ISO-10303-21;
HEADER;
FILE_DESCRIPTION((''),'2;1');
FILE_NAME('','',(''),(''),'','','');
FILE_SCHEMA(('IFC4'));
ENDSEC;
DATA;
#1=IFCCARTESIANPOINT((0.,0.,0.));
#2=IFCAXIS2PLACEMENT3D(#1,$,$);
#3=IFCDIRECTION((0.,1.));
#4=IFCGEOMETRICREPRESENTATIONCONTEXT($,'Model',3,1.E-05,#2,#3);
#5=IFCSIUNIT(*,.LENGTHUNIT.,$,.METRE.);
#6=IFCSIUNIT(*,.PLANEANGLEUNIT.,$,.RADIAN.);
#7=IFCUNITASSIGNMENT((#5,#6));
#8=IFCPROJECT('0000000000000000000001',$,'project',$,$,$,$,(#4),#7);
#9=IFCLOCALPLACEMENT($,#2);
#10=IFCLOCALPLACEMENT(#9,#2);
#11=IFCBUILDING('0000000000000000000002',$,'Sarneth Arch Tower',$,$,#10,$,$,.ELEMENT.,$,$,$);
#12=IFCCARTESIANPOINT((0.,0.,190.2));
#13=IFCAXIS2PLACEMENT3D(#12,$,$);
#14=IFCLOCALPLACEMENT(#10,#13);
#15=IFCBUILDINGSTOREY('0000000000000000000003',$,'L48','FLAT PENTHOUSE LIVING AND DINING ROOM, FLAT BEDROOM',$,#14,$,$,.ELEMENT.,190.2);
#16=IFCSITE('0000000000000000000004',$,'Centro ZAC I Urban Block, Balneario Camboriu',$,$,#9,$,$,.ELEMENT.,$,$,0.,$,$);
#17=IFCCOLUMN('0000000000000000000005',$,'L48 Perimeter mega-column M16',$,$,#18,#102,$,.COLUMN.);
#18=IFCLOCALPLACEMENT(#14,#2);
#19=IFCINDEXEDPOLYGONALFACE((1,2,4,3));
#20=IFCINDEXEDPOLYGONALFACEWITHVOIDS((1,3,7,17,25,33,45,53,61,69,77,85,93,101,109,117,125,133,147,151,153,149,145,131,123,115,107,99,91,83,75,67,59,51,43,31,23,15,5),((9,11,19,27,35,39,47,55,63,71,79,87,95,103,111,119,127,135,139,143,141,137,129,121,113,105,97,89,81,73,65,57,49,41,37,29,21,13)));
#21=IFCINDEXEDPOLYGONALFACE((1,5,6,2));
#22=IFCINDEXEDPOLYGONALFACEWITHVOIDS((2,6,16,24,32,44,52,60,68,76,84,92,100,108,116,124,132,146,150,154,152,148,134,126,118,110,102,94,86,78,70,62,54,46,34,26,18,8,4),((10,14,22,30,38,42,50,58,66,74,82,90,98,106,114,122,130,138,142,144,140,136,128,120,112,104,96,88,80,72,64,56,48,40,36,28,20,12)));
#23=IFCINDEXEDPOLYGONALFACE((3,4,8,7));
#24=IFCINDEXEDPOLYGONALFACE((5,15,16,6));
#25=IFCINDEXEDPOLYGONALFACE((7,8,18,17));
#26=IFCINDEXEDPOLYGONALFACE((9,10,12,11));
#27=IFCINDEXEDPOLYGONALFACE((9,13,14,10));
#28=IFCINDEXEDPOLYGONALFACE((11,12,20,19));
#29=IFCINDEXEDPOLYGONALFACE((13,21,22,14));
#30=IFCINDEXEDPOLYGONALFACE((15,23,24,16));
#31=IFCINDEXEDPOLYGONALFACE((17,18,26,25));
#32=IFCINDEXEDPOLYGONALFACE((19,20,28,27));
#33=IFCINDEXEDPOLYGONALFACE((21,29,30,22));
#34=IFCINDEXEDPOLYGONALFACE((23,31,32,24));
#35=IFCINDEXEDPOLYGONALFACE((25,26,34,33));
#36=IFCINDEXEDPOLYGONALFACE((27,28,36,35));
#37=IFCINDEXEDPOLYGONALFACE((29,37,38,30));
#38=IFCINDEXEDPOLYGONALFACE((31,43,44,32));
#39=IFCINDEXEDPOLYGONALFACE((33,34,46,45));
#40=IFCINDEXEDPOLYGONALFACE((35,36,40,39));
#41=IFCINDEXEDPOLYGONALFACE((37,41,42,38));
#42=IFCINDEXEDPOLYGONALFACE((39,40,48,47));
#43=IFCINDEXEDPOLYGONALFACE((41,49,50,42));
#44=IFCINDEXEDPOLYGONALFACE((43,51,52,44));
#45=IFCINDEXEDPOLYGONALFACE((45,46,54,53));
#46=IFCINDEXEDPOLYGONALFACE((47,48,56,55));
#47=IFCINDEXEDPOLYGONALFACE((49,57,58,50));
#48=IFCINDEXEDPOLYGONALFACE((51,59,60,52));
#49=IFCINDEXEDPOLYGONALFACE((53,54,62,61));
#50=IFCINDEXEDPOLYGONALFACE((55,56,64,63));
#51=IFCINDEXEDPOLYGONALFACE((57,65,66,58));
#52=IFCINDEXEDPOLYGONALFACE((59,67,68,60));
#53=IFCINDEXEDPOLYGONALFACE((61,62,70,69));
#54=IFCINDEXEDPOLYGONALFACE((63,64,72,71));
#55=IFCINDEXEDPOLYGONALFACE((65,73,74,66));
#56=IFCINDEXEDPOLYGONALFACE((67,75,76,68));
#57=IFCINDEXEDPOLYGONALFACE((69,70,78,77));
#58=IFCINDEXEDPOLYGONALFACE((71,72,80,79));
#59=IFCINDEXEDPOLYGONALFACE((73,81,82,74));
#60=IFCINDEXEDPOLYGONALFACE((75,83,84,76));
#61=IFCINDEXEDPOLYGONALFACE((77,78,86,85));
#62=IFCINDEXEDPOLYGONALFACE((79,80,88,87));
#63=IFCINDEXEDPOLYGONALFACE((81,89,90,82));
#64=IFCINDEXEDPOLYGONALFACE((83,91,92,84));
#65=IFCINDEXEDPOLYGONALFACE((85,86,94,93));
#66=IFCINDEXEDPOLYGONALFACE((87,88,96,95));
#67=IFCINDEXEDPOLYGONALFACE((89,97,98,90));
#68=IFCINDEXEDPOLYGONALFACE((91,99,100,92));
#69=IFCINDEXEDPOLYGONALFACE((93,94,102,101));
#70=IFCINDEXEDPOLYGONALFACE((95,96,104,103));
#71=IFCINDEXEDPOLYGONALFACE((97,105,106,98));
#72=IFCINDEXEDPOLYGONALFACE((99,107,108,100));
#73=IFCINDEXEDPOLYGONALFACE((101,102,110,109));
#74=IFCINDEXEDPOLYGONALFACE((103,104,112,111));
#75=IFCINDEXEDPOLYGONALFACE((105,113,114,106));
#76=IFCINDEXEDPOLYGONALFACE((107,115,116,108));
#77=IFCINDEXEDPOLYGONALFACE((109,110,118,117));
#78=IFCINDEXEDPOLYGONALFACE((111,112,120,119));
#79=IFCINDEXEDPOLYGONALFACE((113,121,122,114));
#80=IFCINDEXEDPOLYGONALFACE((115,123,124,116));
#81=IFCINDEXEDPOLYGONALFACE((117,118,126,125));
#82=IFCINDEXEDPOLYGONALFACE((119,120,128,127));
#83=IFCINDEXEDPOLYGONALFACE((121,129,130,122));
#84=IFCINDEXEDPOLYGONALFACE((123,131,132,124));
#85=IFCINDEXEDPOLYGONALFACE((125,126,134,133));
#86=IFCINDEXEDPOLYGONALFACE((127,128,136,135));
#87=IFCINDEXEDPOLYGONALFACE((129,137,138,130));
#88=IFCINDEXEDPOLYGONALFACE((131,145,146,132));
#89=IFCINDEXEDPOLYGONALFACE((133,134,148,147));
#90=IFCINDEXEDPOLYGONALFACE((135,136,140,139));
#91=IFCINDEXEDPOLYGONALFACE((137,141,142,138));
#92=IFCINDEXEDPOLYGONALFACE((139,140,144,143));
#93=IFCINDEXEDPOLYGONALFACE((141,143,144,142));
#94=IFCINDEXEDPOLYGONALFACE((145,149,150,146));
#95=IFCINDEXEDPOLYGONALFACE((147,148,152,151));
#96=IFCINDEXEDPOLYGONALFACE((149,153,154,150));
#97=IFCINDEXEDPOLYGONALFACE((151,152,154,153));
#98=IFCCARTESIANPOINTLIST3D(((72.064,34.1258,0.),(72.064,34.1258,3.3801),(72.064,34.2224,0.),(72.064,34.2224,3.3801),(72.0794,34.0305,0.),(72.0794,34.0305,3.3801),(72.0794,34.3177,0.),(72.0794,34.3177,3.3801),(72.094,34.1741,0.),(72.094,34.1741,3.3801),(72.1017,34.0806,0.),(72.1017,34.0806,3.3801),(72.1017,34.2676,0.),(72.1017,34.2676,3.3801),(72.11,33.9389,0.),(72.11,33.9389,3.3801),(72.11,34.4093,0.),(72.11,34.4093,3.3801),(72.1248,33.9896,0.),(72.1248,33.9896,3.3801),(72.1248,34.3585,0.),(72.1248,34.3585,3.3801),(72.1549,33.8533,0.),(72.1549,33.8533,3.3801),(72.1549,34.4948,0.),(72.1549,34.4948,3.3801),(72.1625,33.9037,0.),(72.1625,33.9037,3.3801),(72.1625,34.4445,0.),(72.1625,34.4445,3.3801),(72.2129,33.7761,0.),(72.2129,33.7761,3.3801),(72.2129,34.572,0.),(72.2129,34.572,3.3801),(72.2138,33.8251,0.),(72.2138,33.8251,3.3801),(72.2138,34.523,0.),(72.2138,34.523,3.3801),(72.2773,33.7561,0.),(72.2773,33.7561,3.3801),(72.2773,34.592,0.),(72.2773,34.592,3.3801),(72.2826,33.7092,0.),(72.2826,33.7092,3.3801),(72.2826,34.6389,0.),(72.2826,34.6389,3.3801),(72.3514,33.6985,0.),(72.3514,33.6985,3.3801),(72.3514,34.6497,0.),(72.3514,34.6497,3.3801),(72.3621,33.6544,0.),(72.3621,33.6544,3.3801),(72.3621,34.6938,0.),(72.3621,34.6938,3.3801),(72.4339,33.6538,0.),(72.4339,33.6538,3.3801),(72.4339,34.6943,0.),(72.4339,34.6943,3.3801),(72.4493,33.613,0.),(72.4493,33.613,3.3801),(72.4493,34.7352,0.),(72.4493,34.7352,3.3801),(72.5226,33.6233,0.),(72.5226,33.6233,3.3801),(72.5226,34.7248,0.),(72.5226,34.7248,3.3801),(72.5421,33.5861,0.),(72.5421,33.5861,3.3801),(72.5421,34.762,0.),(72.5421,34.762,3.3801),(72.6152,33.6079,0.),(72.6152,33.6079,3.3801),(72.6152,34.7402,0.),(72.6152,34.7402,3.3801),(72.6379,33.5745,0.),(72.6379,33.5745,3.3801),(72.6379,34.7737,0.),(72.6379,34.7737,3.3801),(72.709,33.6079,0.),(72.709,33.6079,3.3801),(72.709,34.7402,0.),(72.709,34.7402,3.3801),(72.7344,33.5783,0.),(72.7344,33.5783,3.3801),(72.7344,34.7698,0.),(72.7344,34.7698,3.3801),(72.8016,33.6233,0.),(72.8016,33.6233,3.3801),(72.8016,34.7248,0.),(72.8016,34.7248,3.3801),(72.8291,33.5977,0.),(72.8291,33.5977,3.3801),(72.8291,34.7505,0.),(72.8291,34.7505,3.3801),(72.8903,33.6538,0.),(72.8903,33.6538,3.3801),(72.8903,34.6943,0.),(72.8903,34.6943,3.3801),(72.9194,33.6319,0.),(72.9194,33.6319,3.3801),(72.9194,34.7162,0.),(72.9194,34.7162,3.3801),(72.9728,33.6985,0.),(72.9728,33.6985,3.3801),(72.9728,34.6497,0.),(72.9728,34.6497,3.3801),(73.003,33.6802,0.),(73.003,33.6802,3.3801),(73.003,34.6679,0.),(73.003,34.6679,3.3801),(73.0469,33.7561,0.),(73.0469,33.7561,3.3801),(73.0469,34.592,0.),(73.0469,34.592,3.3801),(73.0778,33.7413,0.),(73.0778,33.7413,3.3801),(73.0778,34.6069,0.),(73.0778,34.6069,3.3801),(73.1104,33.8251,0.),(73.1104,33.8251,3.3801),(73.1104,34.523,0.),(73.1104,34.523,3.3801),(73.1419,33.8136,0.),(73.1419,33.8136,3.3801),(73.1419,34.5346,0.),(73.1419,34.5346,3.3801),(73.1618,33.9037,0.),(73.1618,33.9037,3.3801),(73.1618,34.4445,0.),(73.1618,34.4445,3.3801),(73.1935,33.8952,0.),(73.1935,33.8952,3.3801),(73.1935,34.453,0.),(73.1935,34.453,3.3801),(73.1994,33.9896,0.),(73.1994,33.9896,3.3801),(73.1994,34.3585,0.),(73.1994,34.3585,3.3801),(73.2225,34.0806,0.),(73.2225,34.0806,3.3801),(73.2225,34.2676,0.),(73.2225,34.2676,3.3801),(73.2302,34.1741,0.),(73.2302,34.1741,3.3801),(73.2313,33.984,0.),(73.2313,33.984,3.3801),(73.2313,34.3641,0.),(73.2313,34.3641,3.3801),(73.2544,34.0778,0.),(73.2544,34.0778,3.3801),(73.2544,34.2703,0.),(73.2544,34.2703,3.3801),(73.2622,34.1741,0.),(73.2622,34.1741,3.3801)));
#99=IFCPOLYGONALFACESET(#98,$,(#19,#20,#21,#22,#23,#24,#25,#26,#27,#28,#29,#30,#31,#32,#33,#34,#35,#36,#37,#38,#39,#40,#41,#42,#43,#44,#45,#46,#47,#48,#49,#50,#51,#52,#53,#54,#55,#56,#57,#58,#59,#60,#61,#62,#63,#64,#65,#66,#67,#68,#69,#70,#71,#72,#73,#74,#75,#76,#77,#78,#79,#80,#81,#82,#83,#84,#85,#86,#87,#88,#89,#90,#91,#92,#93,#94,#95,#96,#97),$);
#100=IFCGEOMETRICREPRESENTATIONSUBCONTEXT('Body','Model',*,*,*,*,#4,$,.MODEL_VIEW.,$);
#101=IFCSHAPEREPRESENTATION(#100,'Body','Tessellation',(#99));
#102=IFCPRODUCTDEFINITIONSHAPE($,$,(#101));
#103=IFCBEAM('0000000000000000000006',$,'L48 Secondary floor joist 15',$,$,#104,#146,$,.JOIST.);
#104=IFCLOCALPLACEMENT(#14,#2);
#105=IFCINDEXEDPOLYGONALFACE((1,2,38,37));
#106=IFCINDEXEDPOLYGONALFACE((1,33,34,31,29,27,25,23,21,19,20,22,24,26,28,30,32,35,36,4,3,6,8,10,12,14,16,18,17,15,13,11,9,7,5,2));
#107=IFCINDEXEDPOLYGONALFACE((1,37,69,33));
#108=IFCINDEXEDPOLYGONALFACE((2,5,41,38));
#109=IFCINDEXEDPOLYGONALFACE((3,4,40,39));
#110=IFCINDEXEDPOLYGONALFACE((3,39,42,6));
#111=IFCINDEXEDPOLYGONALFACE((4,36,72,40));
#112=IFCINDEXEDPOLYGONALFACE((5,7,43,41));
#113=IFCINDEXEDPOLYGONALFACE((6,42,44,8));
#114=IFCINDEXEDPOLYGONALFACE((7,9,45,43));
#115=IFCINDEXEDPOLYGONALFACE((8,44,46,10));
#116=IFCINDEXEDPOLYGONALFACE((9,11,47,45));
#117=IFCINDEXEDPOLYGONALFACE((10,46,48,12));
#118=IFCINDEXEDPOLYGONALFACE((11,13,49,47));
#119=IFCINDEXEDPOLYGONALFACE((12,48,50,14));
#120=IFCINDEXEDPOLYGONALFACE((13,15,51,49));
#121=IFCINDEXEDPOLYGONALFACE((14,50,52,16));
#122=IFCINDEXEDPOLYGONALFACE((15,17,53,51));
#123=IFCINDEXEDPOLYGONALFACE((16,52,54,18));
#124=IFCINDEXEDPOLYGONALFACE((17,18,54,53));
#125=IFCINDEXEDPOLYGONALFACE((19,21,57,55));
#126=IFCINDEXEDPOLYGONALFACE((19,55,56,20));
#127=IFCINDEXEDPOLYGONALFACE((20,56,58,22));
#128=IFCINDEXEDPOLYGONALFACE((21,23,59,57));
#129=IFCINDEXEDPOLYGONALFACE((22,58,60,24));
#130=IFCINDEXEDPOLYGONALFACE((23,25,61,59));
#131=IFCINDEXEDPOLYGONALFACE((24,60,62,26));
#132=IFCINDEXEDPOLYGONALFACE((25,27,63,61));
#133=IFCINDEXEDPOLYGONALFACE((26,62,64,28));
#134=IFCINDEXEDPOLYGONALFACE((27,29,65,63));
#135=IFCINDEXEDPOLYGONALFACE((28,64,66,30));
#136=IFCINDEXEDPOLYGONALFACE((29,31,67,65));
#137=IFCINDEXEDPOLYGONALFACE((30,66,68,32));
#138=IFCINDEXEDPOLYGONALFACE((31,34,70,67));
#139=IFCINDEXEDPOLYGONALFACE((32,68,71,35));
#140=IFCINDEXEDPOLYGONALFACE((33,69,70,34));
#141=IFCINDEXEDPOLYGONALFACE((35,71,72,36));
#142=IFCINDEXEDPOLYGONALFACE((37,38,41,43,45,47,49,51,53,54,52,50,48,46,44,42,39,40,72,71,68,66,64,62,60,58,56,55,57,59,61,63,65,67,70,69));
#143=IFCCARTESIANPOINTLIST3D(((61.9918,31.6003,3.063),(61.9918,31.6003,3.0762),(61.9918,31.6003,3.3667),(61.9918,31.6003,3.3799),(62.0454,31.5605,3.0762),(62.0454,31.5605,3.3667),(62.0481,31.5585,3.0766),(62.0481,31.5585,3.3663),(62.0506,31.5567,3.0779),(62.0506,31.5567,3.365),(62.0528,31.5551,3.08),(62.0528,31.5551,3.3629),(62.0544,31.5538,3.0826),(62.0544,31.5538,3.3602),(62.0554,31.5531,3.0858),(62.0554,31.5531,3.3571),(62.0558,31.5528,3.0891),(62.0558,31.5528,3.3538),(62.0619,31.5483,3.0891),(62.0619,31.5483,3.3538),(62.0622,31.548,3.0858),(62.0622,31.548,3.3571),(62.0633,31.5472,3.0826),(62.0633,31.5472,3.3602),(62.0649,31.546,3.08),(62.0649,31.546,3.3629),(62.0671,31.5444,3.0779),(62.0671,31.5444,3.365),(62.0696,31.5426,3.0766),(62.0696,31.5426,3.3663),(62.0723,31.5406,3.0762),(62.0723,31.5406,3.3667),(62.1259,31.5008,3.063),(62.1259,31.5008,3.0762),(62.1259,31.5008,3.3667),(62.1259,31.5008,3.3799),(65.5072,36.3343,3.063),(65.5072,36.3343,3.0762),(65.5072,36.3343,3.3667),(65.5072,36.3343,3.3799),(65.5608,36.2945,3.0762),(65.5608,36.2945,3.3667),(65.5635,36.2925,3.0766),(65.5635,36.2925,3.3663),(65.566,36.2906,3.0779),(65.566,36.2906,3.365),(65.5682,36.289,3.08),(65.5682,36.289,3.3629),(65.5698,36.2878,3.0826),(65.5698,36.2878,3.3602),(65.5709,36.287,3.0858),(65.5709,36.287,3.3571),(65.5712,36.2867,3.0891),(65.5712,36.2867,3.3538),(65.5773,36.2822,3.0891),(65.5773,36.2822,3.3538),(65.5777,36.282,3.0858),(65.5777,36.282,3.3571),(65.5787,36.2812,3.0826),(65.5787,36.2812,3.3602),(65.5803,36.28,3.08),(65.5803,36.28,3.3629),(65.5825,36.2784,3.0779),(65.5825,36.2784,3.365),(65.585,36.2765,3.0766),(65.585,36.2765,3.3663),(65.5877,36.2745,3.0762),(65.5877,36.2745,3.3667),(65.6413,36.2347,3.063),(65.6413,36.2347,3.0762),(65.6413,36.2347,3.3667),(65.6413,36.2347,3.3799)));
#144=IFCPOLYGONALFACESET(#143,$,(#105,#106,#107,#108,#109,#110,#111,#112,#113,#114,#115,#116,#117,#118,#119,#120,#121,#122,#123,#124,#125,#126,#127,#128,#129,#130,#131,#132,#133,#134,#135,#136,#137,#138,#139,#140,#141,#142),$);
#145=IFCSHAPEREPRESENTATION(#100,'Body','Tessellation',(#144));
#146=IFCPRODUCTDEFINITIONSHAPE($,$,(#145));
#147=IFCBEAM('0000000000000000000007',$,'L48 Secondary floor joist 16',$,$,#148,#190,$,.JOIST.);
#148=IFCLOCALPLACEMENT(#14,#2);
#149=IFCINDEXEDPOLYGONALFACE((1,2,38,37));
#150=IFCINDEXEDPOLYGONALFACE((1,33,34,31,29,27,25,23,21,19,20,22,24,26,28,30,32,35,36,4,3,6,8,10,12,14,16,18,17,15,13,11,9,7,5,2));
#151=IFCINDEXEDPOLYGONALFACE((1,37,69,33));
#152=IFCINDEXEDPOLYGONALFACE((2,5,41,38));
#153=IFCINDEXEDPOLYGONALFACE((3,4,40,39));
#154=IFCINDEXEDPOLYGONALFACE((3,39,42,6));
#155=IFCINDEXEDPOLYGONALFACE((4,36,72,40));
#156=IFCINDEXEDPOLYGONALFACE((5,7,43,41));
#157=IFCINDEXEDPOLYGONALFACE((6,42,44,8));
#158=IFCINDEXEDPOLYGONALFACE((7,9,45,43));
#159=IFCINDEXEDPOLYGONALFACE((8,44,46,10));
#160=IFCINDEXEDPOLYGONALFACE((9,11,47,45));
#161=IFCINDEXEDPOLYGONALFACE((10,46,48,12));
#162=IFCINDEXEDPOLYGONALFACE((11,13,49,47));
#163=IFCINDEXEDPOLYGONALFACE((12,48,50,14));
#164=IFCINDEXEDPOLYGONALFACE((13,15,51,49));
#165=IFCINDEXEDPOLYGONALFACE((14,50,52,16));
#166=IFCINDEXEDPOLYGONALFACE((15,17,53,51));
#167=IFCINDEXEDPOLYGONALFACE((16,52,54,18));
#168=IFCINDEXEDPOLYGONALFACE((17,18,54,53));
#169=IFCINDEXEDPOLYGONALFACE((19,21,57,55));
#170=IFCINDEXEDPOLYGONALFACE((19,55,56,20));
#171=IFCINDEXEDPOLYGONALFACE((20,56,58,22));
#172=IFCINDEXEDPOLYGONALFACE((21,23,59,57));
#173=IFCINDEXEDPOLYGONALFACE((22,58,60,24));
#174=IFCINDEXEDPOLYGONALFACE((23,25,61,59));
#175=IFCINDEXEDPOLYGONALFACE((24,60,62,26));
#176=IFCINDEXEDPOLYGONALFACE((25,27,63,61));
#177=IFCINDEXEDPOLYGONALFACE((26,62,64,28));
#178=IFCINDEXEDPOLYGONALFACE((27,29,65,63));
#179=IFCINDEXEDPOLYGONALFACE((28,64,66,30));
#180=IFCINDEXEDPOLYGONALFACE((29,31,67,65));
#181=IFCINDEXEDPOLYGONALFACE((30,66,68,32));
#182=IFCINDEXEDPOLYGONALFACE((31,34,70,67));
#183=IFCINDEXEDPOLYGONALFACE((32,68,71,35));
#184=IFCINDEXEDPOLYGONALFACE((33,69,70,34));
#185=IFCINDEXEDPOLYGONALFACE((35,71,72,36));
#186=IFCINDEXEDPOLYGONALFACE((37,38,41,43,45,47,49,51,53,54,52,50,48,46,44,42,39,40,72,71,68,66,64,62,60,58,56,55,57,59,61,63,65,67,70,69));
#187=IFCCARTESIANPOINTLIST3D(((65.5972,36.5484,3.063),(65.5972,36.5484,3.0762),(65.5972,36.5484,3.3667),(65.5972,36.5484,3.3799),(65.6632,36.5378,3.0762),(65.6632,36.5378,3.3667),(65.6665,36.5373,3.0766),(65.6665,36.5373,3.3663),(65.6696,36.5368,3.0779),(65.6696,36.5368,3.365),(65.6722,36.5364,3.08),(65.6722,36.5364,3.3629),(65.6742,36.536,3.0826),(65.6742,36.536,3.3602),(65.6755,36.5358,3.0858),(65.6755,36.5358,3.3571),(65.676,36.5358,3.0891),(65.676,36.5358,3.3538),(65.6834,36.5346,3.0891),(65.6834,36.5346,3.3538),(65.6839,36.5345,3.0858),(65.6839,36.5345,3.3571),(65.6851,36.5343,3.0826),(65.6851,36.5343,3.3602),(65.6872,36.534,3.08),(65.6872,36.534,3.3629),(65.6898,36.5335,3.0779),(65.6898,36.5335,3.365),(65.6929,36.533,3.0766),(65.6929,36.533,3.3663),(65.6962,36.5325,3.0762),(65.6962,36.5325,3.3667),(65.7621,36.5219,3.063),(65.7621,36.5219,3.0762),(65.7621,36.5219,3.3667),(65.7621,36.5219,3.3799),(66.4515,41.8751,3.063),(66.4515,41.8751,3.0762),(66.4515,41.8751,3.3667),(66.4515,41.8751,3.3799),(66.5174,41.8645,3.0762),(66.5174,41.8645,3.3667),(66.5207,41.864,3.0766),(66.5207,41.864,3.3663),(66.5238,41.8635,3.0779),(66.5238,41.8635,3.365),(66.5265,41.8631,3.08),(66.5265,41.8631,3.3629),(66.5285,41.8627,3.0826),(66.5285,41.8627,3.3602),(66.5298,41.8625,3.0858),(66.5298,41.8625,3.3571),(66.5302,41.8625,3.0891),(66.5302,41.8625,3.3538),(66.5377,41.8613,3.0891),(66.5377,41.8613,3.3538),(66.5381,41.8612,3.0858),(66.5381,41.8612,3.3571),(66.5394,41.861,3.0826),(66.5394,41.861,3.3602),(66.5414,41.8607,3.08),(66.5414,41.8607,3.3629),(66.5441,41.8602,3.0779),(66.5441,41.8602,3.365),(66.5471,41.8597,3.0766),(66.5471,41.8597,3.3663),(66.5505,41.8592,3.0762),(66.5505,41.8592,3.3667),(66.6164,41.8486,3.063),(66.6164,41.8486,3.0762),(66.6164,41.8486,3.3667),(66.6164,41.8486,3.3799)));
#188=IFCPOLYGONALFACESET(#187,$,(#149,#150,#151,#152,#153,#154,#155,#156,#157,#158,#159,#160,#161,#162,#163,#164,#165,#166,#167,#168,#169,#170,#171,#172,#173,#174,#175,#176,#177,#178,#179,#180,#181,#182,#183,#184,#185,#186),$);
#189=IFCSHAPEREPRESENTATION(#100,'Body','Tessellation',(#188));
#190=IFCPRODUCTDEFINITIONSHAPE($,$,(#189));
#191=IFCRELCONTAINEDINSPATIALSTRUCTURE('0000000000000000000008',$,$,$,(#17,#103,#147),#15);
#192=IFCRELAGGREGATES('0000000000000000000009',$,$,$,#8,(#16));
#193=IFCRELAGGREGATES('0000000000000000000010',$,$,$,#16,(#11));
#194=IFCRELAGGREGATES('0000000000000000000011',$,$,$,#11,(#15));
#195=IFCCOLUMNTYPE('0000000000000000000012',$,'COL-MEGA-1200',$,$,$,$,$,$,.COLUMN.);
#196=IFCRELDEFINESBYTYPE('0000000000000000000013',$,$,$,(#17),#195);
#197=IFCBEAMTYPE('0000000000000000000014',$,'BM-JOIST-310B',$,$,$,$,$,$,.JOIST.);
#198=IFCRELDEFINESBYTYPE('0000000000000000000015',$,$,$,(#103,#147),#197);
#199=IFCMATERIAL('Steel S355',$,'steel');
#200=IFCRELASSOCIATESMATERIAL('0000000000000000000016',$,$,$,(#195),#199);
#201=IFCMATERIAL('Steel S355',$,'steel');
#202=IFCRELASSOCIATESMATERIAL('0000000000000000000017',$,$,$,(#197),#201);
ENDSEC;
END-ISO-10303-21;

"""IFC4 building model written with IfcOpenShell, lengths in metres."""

from ifc_helpers import new_model, si_unit, direction, frame, origin, origin_2d, place, context, subcontext, project, spatial, hollow_circle, i_section, extrude, material, material_profile, profile_set, type_object, element, save


model = new_model("IFC4")

# Units and contexts
model_context = context("Model", 3, precision=1e-05, world=origin(), true_north=direction((0.0, 1.0)))
body_context = subcontext(model_context, "Body", "Model", "MODEL_VIEW")
ifc_project = project(units=[si_unit("LENGTHUNIT", "METRE"), si_unit("PLANEANGLEUNIT", "RADIAN")], contexts=[model_context])

# Site, building, storey
site_placement = place(None, origin())
site = spatial("IfcSite", under=ifc_project, at=site_placement, Name="Centro ZAC I Urban Block, Balneario Camboriu", CompositionType="ELEMENT", RefElevation=0.0)
building_placement = place(site_placement, origin())
building = spatial("IfcBuilding", under=site, at=building_placement, Name="Sarneth Arch Tower", CompositionType="ELEMENT")
storey_placement = place(building_placement, frame((0.0, 0.0, 190.2)))
storey = spatial("IfcBuildingStorey", under=building, at=storey_placement, Name="L48", Description="FLAT PENTHOUSE LIVING AND DINING ROOM, FLAT BEDROOM", CompositionType="ELEMENT", Elevation=190.2)

# Column
ifc_material_1 = material(Name="Steel S355", Category="steel")
ifc_material_profile_1 = material_profile(ifc_material_1, hollow_circle(Radius=0.6001, WallThickness=0.032, at=origin_2d()), Name="CHS1200x32")
ifc_profile_set_1 = profile_set([ifc_material_profile_1], Name="Steel S355")
column_type = type_object("IfcColumnType", Name="COL-MEGA-1200", PredefinedType="COLUMN", material=ifc_profile_set_1)
column_placement = place(storey_placement, frame((72.6621, 34.1741, 0.0), z_axis=(0.0, 0.0, 1.0), x_axis=(1.0, 0.0, 0.0)))
element("IfcColumn", 1, at=column_placement, inside=storey, type_object=column_type, Name="L48 Perimeter mega-column M16", PredefinedType="COLUMN", context=body_context, shape_type="SweptSolid", body=[
    extrude(hollow_circle(Radius=0.6001, WallThickness=0.032, at=origin_2d()), origin(), (0.0, 0.0, 1.0), 3.3801),
])

# Beams
ifc_material_2 = material(Name="Steel S355", Category="steel")
ifc_material_profile_2 = material_profile(ifc_material_2, i_section(OverallWidth=0.167, OverallDepth=0.3169, WebThickness=0.0076, FlangeThickness=0.0132, FilletRadius=0.0129, at=origin_2d()), Name="W310x52")
ifc_profile_set_2 = profile_set([ifc_material_profile_2], Name="Steel S355")
beam_type_1 = type_object("IfcBeamType", Name="BM-JOIST-310B", PredefinedType="JOIST", material=ifc_profile_set_2)
beam_1_placement = place(storey_placement, frame((62.0588, 31.5505, 3.2214), z_axis=(0.596191, 0.802843, 0.0), x_axis=(-0.802843, 0.596191, 0.0)))
element("IfcBeam", 2, at=beam_1_placement, inside=storey, type_object=beam_type_1, Name="L48 Secondary floor joist 15", PredefinedType="JOIST", context=body_context, shape_type="SweptSolid", body=[
    extrude(i_section(OverallWidth=0.167, OverallDepth=0.3169, WebThickness=0.0076, FlangeThickness=0.0132, FilletRadius=0.0129, at=origin_2d()), origin(), (0.0, 0.0, 1.0), 5.8965),
])
beam_2_placement = place(storey_placement, frame((65.6797, 36.5352, 3.2214), z_axis=(0.158349, 0.987383, 0.0), x_axis=(-0.987383, 0.158349, 0.0)))
element("IfcBeam", 3, at=beam_2_placement, inside=storey, type_object=beam_type_1, Name="L48 Secondary floor joist 16", PredefinedType="JOIST", context=body_context, shape_type="SweptSolid", body=[
    extrude(i_section(OverallWidth=0.167, OverallDepth=0.3169, WebThickness=0.0076, FlangeThickness=0.0132, FilletRadius=0.0129, at=origin_2d()), origin(), (0.0, 0.0, 1.0), 5.3948),
])

save(model, "model.ifc")
